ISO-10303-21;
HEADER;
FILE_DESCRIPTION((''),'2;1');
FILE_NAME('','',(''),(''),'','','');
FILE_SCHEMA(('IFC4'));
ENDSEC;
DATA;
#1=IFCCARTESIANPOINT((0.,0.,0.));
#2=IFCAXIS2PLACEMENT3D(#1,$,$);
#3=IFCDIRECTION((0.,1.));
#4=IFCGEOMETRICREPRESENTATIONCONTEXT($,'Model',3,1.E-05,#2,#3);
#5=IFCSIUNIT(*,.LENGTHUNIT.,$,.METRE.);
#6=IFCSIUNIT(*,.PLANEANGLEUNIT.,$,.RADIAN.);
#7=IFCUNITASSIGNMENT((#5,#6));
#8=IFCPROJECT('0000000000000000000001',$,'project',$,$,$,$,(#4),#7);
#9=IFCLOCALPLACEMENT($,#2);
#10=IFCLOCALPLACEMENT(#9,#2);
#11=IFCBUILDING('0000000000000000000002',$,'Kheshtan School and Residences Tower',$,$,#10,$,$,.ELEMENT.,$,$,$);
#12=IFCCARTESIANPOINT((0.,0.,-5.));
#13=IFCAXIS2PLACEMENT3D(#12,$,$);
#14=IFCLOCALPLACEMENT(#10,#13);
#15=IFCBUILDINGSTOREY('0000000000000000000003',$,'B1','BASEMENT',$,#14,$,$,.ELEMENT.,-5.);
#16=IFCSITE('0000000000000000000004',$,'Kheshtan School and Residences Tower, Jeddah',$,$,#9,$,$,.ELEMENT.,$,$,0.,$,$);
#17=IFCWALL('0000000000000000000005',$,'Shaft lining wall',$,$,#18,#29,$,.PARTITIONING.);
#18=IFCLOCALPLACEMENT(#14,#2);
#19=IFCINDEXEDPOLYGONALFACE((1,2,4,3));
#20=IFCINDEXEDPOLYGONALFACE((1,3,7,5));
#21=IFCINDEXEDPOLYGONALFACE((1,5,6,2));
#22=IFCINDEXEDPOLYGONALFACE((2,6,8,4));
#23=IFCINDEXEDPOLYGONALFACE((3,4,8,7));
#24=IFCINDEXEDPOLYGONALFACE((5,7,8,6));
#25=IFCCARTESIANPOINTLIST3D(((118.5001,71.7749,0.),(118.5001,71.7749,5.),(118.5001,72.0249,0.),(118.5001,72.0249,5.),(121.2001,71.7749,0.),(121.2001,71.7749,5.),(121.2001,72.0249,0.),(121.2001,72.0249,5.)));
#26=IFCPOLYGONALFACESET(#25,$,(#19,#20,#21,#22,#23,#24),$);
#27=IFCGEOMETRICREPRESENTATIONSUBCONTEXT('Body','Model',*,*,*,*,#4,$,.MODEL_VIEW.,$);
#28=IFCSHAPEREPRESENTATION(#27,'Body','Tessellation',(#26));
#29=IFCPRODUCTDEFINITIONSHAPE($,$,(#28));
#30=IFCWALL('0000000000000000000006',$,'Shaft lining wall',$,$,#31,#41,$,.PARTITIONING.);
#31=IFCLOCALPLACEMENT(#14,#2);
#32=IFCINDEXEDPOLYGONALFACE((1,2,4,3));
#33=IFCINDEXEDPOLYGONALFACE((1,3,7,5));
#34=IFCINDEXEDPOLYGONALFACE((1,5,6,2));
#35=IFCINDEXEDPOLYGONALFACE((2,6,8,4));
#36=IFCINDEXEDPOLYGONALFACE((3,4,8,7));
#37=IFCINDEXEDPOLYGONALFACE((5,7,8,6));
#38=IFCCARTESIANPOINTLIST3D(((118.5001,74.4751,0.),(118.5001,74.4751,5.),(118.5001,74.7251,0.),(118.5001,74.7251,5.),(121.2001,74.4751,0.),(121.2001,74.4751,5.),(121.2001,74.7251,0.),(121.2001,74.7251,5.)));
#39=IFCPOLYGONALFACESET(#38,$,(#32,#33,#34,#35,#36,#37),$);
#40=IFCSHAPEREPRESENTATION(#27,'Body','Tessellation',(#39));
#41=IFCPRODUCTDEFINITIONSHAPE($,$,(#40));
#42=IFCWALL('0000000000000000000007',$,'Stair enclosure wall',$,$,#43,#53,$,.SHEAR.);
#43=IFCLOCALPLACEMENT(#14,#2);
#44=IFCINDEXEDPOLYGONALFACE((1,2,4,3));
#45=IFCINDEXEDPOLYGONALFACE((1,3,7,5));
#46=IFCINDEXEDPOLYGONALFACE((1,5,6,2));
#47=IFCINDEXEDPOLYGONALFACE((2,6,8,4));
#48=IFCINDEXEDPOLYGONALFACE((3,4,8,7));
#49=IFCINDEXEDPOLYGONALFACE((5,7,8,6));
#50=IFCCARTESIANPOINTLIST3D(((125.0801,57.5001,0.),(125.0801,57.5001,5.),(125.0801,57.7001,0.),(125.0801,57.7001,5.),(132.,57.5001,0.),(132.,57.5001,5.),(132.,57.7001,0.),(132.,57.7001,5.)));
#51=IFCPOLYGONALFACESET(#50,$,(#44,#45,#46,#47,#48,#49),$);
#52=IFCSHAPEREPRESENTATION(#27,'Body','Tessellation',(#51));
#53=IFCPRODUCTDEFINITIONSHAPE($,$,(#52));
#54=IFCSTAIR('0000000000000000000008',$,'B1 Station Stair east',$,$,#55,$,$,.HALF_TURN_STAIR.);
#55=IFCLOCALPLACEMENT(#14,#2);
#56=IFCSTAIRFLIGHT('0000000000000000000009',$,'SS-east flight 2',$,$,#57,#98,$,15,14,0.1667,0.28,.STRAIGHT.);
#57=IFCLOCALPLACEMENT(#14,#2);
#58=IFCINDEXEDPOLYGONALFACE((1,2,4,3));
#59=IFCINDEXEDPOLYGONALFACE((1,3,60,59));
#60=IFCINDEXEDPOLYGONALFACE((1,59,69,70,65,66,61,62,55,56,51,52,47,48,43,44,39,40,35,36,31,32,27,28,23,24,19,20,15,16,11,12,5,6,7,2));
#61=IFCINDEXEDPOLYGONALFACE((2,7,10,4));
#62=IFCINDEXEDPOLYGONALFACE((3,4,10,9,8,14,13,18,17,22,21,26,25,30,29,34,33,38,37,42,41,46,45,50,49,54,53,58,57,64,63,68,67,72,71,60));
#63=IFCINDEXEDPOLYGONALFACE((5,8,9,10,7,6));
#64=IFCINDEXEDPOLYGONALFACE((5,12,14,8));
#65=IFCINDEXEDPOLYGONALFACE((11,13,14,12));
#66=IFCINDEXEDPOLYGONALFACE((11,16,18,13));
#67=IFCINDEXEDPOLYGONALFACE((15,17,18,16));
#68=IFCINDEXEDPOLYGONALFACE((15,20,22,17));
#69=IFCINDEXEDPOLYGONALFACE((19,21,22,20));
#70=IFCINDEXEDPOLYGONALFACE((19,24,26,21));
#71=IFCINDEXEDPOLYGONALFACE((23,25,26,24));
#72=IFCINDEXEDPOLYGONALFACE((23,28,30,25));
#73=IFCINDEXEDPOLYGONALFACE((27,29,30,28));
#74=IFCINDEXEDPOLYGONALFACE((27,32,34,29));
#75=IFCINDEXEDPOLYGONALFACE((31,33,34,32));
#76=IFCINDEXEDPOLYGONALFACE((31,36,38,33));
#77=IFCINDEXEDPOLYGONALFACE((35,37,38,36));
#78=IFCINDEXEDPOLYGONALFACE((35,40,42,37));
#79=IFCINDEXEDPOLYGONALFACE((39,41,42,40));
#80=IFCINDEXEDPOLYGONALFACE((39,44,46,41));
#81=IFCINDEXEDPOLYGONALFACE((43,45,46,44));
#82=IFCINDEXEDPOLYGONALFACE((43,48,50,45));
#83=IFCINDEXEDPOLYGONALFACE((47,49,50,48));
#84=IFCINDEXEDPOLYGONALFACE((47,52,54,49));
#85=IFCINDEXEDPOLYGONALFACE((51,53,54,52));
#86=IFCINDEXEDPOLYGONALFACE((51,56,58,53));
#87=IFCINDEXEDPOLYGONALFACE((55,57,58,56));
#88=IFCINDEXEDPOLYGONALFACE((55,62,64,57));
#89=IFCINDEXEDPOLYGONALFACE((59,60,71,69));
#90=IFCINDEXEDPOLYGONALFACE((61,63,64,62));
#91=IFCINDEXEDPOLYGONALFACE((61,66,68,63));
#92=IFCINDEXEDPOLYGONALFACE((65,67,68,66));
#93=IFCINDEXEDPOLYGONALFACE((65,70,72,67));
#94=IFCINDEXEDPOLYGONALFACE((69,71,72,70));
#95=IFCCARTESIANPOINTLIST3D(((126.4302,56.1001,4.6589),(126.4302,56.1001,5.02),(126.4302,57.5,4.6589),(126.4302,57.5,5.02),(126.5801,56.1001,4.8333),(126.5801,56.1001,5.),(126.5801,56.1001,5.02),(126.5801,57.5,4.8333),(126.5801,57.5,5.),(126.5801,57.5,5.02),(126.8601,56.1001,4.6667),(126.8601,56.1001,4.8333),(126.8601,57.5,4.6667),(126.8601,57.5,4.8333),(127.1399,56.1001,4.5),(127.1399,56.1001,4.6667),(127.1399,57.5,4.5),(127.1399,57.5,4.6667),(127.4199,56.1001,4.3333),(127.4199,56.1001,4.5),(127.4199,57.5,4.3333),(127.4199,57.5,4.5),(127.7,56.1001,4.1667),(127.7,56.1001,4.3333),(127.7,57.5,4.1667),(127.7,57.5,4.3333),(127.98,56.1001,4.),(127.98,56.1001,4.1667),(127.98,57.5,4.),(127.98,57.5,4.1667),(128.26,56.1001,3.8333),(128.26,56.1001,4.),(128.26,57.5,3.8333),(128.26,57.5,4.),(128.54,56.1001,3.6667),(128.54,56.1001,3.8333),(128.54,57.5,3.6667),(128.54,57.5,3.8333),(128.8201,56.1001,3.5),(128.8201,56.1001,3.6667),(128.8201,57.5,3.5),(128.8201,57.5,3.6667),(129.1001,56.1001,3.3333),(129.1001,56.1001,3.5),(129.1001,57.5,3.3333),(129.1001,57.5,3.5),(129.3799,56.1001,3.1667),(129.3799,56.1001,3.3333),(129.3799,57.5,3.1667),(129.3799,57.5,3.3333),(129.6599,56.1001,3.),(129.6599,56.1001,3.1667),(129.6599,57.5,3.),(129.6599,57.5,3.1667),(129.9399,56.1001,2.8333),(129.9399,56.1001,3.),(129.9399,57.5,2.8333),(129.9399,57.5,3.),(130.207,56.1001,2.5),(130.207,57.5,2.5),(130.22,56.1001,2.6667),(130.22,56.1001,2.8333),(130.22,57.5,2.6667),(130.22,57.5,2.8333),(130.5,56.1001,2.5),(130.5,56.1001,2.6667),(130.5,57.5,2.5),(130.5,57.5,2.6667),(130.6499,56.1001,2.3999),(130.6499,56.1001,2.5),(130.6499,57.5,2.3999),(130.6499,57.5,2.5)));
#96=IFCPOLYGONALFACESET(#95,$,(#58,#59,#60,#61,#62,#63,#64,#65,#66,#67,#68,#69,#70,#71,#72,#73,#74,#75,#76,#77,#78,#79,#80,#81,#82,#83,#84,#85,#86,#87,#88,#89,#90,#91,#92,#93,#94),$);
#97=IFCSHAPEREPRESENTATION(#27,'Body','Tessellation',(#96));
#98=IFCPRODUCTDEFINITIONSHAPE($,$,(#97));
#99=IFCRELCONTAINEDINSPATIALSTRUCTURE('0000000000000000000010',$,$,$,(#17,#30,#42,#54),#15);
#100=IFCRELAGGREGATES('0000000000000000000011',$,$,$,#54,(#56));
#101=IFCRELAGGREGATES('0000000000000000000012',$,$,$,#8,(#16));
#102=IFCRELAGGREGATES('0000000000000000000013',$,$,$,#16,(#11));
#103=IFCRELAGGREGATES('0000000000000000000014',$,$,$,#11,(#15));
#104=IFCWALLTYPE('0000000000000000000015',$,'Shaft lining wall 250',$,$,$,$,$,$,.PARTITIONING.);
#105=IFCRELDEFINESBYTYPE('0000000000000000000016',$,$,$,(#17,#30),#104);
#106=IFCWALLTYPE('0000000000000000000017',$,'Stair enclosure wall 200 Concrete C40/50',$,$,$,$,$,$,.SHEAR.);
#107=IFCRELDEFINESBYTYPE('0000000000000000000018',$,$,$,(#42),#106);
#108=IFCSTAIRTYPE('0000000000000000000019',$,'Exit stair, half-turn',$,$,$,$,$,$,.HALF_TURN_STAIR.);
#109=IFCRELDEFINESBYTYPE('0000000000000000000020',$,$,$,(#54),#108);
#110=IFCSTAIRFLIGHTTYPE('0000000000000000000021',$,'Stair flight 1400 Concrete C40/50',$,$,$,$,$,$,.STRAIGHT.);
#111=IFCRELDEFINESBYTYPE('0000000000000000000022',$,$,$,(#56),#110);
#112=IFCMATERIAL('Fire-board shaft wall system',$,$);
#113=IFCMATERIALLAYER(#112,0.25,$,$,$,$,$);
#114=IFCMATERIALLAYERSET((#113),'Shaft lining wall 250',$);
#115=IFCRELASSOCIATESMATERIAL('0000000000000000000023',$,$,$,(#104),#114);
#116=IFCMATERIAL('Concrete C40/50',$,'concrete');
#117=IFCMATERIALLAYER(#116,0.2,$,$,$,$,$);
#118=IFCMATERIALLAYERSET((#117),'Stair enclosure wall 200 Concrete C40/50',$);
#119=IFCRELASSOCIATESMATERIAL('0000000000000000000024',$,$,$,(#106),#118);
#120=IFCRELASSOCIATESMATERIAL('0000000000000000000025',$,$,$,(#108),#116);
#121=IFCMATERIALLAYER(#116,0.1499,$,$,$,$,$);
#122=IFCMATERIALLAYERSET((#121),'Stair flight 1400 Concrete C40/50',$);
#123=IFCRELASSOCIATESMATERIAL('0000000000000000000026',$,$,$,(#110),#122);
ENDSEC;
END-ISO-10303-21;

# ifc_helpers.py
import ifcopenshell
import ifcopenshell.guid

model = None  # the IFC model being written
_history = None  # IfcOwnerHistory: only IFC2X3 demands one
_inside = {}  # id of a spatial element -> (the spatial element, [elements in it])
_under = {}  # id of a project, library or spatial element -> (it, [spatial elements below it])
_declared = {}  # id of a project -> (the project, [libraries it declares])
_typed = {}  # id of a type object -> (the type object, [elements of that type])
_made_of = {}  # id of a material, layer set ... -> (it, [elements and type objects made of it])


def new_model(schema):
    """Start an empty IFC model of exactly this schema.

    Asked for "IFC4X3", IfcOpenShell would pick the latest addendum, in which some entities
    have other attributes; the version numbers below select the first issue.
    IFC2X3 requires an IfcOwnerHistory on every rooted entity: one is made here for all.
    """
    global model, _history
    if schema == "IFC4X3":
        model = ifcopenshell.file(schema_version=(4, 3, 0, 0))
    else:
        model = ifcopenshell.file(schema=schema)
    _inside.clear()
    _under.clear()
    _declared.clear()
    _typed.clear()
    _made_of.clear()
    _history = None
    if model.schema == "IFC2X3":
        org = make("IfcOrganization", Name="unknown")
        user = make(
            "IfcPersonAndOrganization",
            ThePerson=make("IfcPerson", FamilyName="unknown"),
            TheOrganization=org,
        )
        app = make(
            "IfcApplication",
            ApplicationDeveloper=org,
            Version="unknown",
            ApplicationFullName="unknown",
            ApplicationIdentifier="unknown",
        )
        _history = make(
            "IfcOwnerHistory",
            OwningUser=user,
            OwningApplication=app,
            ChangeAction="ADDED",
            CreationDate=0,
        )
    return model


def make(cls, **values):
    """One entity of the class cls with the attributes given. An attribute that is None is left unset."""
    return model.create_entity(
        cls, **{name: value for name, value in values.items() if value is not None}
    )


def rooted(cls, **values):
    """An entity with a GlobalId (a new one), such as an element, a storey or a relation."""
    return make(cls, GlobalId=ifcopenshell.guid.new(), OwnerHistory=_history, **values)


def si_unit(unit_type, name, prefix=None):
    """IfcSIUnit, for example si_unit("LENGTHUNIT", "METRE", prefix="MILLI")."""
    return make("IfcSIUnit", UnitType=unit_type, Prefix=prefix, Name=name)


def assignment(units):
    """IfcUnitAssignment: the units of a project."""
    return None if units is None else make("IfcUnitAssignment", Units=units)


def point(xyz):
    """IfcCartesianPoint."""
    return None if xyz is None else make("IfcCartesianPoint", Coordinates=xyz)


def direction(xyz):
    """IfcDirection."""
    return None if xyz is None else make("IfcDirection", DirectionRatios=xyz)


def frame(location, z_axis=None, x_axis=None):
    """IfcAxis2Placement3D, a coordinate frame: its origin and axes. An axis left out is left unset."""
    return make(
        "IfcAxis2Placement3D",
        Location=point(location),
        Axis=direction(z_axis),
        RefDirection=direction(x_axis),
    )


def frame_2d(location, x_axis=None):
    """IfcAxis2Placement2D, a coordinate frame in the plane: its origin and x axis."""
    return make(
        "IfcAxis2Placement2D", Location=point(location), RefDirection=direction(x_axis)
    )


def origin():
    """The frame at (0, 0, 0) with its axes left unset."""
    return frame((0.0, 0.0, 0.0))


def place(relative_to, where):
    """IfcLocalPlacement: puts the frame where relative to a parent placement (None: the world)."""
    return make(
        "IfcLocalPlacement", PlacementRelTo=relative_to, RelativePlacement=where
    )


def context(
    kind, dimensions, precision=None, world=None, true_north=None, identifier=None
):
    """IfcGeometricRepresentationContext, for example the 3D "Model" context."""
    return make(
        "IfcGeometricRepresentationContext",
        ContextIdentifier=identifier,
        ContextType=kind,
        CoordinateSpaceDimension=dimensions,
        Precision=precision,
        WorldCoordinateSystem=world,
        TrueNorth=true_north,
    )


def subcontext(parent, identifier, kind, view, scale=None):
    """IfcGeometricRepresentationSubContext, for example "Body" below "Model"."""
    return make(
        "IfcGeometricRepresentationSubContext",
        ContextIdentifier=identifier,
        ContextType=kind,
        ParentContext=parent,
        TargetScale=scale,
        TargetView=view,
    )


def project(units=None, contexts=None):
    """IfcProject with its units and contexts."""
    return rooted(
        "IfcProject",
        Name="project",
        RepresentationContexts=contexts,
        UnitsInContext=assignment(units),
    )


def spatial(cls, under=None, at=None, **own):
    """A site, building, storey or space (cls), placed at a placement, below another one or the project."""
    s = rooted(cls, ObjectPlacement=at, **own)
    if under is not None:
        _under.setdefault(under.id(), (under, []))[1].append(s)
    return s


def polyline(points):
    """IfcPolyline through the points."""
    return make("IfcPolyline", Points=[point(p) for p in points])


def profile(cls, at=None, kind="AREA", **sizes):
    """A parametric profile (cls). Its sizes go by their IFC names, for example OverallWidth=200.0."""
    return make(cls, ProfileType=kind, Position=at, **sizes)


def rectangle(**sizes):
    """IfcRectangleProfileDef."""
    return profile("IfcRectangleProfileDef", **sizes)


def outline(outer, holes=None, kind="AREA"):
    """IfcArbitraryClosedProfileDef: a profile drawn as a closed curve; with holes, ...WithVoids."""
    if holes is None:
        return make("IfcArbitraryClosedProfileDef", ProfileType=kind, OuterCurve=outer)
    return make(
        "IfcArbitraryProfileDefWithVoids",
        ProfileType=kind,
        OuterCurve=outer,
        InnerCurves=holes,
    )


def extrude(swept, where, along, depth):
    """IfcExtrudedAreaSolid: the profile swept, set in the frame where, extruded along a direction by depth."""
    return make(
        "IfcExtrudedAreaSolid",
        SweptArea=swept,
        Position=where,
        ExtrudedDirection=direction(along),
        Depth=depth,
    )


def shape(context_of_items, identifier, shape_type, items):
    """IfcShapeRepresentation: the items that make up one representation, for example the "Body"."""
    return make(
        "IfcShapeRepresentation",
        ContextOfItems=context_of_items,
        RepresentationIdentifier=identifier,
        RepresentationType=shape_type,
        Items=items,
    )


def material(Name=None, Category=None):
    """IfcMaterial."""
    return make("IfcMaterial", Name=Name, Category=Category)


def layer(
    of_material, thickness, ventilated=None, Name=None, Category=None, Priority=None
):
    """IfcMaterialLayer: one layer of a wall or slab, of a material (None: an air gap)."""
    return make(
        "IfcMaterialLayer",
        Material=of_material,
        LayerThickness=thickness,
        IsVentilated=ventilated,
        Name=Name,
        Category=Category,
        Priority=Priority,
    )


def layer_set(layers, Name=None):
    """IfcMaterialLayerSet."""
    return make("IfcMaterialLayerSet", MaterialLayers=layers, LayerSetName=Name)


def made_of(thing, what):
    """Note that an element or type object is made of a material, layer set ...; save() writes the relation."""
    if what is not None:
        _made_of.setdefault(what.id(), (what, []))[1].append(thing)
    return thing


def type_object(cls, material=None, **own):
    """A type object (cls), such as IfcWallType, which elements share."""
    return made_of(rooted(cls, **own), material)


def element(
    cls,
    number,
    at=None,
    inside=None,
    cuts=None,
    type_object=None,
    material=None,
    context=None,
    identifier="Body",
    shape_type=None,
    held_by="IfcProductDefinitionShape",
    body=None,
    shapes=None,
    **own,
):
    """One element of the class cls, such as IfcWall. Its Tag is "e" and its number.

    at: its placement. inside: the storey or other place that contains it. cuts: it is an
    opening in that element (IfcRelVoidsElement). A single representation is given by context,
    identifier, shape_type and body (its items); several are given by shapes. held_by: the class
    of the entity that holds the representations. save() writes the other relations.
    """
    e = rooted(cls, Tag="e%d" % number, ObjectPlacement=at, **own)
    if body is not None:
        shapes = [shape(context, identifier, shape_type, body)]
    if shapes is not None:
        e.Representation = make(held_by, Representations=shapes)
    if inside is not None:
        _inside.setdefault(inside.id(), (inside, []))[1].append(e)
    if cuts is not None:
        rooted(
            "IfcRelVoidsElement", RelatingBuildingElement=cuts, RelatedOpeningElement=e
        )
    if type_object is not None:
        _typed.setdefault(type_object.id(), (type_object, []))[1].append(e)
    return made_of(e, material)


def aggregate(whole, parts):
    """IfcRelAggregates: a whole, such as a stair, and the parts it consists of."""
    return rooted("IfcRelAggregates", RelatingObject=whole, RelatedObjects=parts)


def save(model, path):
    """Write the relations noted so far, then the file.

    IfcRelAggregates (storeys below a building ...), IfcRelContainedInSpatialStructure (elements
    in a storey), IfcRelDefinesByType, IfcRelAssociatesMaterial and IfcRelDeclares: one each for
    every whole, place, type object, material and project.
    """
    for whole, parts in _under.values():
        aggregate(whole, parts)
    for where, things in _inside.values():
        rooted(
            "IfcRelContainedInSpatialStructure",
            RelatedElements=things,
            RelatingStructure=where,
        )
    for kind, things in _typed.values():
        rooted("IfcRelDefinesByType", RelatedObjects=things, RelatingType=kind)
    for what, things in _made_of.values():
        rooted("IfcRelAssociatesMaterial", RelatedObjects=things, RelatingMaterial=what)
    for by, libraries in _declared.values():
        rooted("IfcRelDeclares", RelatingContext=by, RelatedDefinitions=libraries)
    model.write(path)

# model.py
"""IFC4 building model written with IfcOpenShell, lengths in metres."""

from ifc_helpers import new_model, si_unit, direction, frame, frame_2d, origin, place, context, subcontext, project, spatial, polyline, rectangle, outline, extrude, material, layer, layer_set, type_object, element, aggregate, save


model = new_model("IFC4")

# Units and contexts
model_context = context("Model", 3, precision=1e-05, world=origin(), true_north=direction((0.0, 1.0)))
body_context = subcontext(model_context, "Body", "Model", "MODEL_VIEW")
ifc_project = project(units=[si_unit("LENGTHUNIT", "METRE"), si_unit("PLANEANGLEUNIT", "RADIAN")], contexts=[model_context])

# Site, building, storey
site_placement = place(None, origin())
site = spatial("IfcSite", under=ifc_project, at=site_placement, Name="Kheshtan School and Residences Tower, Jeddah", CompositionType="ELEMENT", RefElevation=0.0)
building_placement = place(site_placement, origin())
building = spatial("IfcBuilding", under=site, at=building_placement, Name="Kheshtan School and Residences Tower", CompositionType="ELEMENT")
storey_placement = place(building_placement, frame((0.0, 0.0, -5.0)))
storey = spatial("IfcBuildingStorey", under=building, at=storey_placement, Name="B1", Description="BASEMENT", CompositionType="ELEMENT", Elevation=-5.0)

# Walls
ifc_material_1 = material(Name="Fire-board shaft wall system")
ifc_layer_1 = layer(ifc_material_1, 0.25)
ifc_layer_set_1 = layer_set([ifc_layer_1], Name="Shaft lining wall 250")
wall_type_1 = type_object("IfcWallType", Name="Shaft lining wall 250", PredefinedType="PARTITIONING", material=ifc_layer_set_1)
for number, where, z_axis, x_axis, name in (
    (1, (118.5, 71.8999, 0.0), (0.0, 0.0, 1.0), (1.0, 0.0, 0.0), "Shaft lining wall"),
    (2, (118.5, 74.6001, 0.0), (0.0, 0.0, 1.0), (1.0, 0.0, 0.0), "Shaft lining wall"),
):
    element("IfcWall", number, at=place(storey_placement, frame(where, z_axis=z_axis, x_axis=x_axis)), inside=storey, type_object=wall_type_1, Name=name, PredefinedType="PARTITIONING", context=body_context, shape_type="SweptSolid", body=[
        extrude(rectangle(XDim=2.7, YDim=0.25, at=frame_2d((1.3501, 0.0))), origin(), (0.0, 0.0, 1.0), 5.0),
    ])
ifc_material_2 = material(Name="Concrete C40/50", Category="concrete")
ifc_layer_2 = layer(ifc_material_2, 0.2)
ifc_layer_set_2 = layer_set([ifc_layer_2], Name="Stair enclosure wall 200 Concrete C40/50")
wall_type_2 = type_object("IfcWallType", Name="Stair enclosure wall 200 Concrete C40/50", PredefinedType="SHEAR", material=ifc_layer_set_2)
wall_1_placement = place(storey_placement, frame((125.0801, 57.6001, 0.0), z_axis=(0.0, 0.0, 1.0), x_axis=(1.0, 0.0, 0.0)))
element("IfcWall", 3, at=wall_1_placement, inside=storey, type_object=wall_type_2, Name="Stair enclosure wall", PredefinedType="SHEAR", context=body_context, shape_type="SweptSolid", body=[
    extrude(rectangle(XDim=6.9199, YDim=0.2, at=frame_2d((3.46, 0.0))), origin(), (0.0, 0.0, 1.0), 5.0),
])

# Stair, stair flight
stair_type = type_object("IfcStairType", Name="Exit stair, half-turn", PredefinedType="HALF_TURN_STAIR", material=ifc_material_2)
stair_placement = place(storey_placement, origin())
stair = element("IfcStair", 4, at=stair_placement, inside=storey, type_object=stair_type, Name="B1 Station Stair east", PredefinedType="HALF_TURN_STAIR")
ifc_layer_3 = layer(ifc_material_2, 0.1499)
ifc_layer_set_3 = layer_set([ifc_layer_3], Name="Stair flight 1400 Concrete C40/50")
stair_flight_type = type_object("IfcStairFlightType", Name="Stair flight 1400 Concrete C40/50", PredefinedType="STRAIGHT", material=ifc_layer_set_3)
stair_flight_placement = place(storey_placement, frame((130.5, 56.8, 2.5), z_axis=(0.0, 0.0, 1.0), x_axis=(-1.0, 0.0, 0.0)))
stair_flight = element("IfcStairFlight", 5, at=stair_flight_placement, type_object=stair_flight_type, Name="SS-east flight 2", NumberOfRisers=15, NumberOfTreads=14, PredefinedType="STRAIGHT", RiserHeight=0.1667, TreadLength=0.28, context=body_context, shape_type="SweptSolid", body=[
    extrude(outline(polyline([(-0.1499, -0.1001), (-0.1499, 0.0), (0.0, 0.0), (0.0, 0.1667), (0.28, 0.1667), (0.28, 0.3333), (0.5601, 0.3333), (0.5601, 0.5), (0.8401, 0.5), (0.8401, 0.6667), (1.1201, 0.6667), (1.1201, 0.8333), (1.3999, 0.8333), (1.3999, 1.0), (1.6799, 1.0), (1.6799, 1.1667), (1.96, 1.1667), (1.96, 1.3333), (2.24, 1.3333), (2.24, 1.5), (2.52, 1.5), (2.52, 1.6667), (2.8, 1.6667), (2.8, 1.8333), (3.0801, 1.8333), (3.0801, 2.0), (3.3601, 2.0), (3.3601, 2.1667), (3.6399, 2.1667), (3.6399, 2.3333), (3.9199, 2.3333), (3.9199, 2.5), (3.9199, 2.52), (4.0698, 2.52), (4.0698, 2.1589), (0.293, 0.0), (-0.1499, -0.1001)])), frame((0.0, 0.7, 0.0), z_axis=(0.0, -1.0, 0.0), x_axis=(1.0, 0.0, 0.0)), (0.0, 0.0, 1.0), 1.3999),
])
aggregate(stair, [stair_flight])

save(model, "model.ifc")
